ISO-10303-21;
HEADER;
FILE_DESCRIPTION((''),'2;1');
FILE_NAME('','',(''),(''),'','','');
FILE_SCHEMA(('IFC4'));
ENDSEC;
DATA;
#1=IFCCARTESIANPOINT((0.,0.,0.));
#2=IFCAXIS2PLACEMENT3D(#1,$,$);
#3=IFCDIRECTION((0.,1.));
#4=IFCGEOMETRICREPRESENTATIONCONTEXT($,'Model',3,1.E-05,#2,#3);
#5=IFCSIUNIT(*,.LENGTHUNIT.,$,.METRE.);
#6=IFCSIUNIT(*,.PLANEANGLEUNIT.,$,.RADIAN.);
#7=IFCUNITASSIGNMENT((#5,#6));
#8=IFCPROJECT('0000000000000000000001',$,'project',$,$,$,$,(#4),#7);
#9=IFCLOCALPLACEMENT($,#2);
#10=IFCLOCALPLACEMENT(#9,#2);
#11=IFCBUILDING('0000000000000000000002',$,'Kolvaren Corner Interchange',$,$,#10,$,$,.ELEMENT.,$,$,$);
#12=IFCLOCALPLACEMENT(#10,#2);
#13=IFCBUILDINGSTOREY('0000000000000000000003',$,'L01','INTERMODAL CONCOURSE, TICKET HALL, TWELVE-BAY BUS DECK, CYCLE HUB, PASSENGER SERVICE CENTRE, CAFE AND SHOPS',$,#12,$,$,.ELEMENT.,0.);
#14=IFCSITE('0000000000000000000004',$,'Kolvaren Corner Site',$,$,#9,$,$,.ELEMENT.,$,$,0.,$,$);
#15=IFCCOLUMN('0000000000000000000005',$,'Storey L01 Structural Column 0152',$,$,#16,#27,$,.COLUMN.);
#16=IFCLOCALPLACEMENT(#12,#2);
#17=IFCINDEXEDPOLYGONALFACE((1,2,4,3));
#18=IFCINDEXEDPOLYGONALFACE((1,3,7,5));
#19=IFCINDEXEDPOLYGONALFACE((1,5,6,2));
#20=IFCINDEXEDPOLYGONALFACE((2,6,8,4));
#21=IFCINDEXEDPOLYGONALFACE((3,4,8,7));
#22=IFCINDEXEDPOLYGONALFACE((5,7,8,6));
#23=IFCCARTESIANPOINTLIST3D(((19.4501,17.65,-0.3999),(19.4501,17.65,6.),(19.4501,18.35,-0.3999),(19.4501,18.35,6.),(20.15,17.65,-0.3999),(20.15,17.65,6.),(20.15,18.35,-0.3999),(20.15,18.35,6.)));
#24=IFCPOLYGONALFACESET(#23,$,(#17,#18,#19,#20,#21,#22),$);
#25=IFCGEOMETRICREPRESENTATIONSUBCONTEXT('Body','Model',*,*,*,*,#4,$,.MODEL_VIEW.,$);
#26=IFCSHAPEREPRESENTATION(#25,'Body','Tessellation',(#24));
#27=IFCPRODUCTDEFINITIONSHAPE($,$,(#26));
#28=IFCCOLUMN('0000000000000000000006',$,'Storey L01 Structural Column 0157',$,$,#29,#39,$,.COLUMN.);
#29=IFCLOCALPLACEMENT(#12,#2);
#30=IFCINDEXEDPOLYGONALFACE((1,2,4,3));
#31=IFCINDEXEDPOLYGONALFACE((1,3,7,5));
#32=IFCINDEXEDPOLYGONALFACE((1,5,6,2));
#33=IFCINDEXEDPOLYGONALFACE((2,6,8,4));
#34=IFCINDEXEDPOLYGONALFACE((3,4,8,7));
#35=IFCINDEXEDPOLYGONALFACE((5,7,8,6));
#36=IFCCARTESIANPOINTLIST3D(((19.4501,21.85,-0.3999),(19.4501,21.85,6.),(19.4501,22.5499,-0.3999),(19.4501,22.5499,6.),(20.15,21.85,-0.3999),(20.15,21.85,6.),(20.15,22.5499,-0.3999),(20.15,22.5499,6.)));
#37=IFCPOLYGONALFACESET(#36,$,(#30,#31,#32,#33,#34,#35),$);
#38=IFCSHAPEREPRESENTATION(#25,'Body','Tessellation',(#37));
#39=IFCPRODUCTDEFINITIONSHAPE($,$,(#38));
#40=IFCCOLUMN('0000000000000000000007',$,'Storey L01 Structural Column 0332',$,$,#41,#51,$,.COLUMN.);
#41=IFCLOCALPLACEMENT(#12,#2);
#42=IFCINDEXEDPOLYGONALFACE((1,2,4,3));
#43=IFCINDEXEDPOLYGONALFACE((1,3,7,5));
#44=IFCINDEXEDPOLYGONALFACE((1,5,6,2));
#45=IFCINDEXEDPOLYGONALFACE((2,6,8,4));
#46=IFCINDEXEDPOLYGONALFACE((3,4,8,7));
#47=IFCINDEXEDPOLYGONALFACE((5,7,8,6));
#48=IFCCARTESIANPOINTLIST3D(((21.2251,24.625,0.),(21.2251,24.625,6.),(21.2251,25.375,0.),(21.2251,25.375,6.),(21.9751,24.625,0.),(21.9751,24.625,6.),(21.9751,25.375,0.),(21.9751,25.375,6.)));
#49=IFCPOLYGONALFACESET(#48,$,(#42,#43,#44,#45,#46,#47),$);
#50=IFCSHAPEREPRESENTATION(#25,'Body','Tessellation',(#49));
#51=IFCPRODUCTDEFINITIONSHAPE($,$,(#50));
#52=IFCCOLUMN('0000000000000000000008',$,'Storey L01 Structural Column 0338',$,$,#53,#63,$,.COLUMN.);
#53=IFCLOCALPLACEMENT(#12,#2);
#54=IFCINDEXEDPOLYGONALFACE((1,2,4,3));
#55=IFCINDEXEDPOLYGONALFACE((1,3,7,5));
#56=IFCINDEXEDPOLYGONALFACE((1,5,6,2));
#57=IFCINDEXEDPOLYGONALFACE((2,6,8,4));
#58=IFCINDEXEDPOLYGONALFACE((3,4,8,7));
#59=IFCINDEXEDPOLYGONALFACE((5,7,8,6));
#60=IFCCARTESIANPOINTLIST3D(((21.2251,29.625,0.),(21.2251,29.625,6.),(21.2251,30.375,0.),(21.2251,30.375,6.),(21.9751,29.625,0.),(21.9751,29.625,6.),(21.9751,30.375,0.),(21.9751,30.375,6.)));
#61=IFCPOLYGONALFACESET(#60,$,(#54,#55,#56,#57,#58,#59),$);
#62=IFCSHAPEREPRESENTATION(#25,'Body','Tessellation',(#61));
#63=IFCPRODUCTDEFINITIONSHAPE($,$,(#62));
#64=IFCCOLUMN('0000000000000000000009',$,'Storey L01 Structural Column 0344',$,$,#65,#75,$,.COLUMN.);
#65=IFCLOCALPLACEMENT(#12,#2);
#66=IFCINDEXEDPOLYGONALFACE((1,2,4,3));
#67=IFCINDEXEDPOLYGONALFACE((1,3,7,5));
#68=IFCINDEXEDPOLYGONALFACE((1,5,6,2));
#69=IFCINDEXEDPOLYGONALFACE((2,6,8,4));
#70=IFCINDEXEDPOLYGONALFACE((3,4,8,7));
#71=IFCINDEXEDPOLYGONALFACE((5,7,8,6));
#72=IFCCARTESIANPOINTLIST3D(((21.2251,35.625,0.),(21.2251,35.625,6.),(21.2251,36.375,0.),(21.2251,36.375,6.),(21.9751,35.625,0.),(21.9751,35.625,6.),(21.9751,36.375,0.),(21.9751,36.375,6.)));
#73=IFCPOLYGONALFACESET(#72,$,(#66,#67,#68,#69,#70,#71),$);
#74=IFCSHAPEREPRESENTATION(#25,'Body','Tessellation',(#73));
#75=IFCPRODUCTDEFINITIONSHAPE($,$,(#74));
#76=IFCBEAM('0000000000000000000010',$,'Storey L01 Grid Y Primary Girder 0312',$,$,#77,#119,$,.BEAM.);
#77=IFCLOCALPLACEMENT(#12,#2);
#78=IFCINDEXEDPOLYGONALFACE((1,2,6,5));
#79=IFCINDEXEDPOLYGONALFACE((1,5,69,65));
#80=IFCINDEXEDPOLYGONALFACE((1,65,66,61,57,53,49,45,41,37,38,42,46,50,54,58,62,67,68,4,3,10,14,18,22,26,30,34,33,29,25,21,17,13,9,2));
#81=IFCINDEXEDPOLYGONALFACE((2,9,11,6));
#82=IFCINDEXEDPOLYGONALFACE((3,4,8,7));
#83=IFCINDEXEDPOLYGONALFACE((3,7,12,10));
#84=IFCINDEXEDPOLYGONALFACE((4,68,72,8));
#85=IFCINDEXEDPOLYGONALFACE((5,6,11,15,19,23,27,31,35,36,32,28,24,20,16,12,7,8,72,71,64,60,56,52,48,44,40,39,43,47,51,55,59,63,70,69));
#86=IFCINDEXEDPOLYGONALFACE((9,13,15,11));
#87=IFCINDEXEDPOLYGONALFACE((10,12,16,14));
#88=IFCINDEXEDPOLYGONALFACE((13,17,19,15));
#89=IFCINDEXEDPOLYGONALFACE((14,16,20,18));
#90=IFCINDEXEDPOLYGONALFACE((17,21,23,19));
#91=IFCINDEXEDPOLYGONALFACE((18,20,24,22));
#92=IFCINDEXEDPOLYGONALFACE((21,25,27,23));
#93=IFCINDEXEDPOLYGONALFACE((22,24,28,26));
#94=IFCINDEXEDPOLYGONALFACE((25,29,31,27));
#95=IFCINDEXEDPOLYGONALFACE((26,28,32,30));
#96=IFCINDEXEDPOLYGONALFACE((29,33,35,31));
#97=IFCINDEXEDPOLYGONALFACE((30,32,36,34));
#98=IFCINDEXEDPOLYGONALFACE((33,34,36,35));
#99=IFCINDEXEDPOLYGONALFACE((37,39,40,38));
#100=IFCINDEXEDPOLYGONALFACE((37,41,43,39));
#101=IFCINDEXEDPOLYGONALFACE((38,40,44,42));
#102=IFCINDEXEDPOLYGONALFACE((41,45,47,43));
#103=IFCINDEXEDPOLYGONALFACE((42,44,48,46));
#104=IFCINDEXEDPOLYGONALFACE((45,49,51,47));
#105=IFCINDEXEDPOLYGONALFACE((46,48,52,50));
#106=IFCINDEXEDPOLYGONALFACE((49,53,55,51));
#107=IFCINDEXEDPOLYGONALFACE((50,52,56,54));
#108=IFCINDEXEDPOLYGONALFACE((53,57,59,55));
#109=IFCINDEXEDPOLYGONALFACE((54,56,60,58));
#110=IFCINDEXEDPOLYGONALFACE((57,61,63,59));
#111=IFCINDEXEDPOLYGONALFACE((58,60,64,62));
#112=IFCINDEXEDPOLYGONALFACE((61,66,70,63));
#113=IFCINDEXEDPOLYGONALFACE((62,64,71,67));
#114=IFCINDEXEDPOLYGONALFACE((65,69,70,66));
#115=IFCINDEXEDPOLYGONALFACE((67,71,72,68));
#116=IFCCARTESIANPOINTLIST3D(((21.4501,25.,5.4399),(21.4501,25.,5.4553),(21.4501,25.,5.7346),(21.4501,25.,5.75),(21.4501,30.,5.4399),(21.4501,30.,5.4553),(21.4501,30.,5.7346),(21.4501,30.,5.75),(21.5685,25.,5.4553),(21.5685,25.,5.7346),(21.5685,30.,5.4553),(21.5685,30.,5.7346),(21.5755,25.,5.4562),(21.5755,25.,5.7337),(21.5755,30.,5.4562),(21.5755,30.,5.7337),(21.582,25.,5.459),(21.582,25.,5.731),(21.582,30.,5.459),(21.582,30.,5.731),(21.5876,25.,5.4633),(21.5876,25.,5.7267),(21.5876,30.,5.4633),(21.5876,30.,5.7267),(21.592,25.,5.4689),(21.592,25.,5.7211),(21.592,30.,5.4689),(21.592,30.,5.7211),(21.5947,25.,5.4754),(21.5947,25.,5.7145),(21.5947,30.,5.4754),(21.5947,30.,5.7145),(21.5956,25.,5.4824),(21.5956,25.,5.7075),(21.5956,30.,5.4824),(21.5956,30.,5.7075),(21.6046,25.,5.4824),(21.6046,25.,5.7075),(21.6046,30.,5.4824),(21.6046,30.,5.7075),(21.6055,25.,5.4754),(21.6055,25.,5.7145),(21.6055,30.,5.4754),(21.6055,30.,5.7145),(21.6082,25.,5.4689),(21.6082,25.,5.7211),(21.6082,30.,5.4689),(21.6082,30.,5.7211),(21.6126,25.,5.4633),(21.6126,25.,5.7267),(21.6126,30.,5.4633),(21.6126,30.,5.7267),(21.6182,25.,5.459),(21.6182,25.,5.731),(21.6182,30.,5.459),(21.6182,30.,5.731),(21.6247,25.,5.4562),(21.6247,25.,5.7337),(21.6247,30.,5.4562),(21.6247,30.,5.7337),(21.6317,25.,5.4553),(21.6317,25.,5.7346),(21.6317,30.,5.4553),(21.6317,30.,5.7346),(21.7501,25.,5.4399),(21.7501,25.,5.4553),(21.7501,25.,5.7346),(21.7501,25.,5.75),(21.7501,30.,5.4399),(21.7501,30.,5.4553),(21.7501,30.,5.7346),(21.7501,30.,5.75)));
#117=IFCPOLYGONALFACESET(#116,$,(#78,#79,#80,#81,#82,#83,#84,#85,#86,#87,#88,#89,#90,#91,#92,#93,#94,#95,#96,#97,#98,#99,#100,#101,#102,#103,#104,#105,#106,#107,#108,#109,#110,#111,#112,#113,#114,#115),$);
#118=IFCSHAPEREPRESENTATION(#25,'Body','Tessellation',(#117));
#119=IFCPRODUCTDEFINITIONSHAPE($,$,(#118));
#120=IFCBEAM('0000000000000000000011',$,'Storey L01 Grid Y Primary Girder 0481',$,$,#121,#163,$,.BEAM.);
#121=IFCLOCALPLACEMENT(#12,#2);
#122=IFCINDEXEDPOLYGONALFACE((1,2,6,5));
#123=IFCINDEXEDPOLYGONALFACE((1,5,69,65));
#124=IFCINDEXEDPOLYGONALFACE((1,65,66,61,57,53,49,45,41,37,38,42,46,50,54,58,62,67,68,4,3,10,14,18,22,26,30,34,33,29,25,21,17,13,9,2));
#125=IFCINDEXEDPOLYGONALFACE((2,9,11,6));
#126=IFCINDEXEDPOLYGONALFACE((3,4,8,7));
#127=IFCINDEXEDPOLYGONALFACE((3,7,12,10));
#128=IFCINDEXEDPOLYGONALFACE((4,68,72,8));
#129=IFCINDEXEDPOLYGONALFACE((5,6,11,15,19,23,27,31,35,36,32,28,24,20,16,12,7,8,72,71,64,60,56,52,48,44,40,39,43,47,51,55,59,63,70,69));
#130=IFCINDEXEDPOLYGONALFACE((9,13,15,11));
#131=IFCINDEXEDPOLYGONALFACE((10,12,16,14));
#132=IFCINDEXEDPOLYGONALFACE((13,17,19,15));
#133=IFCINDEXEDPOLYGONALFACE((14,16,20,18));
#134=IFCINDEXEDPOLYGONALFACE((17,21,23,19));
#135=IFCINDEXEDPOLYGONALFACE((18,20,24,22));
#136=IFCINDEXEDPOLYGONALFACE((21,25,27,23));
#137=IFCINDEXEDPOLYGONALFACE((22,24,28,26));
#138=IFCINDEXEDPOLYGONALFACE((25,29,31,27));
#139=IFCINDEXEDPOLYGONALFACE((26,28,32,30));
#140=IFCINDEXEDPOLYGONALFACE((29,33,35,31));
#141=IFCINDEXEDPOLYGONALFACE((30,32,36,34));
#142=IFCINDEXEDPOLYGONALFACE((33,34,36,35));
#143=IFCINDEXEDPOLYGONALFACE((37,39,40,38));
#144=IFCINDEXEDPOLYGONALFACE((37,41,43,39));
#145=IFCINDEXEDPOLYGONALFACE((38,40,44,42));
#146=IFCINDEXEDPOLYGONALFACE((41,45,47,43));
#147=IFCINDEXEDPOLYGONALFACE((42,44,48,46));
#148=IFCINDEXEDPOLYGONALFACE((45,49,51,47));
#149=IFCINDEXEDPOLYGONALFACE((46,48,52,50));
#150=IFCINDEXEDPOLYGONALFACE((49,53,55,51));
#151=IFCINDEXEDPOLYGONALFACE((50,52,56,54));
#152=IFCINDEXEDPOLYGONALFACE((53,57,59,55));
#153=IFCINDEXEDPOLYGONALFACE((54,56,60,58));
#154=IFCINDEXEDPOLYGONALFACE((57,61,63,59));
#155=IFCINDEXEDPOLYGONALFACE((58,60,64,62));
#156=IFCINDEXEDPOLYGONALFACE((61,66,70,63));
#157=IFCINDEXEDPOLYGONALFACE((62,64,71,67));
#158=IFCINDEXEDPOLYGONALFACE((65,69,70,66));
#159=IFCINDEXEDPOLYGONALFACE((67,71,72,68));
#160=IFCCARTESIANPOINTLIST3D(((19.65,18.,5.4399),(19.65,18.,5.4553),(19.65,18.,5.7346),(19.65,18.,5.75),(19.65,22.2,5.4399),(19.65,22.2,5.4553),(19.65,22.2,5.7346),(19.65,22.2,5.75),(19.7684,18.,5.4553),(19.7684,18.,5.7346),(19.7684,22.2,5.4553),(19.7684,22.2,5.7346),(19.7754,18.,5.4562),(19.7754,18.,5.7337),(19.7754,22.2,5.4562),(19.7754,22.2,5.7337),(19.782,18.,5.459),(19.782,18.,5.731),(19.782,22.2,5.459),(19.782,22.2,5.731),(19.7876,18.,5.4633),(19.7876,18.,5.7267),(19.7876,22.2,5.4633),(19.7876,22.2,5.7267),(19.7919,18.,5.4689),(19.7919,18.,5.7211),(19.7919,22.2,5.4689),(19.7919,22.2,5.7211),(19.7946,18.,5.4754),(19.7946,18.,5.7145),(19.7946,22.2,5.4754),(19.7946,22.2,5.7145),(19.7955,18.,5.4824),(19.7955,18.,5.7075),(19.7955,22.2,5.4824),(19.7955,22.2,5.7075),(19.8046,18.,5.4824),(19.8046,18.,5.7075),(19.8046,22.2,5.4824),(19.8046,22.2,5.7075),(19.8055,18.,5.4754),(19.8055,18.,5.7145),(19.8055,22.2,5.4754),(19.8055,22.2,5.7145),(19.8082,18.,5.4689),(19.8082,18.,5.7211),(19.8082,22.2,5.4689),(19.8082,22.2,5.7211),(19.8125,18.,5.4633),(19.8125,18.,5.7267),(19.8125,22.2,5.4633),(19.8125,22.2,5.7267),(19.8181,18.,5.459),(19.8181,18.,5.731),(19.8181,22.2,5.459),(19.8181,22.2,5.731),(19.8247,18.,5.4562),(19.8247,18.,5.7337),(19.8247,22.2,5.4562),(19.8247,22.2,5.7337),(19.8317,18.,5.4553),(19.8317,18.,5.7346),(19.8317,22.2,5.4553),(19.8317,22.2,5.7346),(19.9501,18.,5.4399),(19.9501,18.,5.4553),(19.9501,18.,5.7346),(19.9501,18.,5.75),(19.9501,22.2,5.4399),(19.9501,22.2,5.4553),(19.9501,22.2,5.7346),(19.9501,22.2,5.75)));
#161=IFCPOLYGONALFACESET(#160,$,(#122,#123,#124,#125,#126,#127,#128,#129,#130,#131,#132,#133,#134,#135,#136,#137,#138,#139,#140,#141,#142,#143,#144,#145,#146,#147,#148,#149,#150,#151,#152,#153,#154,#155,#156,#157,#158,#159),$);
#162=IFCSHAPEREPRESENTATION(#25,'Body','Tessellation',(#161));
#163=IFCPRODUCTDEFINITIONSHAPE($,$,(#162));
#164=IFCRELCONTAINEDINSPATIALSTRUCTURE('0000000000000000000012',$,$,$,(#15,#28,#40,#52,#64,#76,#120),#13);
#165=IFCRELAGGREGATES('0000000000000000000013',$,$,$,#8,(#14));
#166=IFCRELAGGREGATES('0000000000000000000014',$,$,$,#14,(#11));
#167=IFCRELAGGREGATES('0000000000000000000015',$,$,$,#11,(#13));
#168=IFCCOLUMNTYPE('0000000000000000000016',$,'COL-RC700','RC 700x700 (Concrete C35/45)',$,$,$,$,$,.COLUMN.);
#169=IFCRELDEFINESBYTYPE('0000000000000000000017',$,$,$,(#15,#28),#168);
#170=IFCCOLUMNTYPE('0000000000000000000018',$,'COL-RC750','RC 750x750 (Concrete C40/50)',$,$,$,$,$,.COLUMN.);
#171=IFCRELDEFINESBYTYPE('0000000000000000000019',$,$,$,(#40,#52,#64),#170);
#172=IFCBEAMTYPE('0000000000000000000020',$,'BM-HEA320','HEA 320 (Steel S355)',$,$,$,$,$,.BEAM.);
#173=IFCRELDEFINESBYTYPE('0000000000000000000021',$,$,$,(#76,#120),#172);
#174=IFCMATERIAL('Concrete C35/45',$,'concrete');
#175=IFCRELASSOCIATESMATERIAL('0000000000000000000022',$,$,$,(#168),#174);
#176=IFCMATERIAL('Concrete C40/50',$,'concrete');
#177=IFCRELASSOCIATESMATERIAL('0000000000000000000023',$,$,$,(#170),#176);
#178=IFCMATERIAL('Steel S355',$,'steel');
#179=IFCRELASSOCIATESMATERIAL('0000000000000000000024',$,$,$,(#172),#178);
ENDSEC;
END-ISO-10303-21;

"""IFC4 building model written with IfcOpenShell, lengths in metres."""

from ifc_helpers import new_model, si_unit, direction, frame, origin, origin_2d, place, context, subcontext, project, spatial, rectangle, i_section, extrude, material, material_profile, profile_set, type_object, element, save


model = new_model("IFC4")

# Units and contexts
model_context = context("Model", 3, precision=1e-05, world=origin(), true_north=direction((0.0, 1.0)))
body_context = subcontext(model_context, "Body", "Model", "MODEL_VIEW")
ifc_project = project(units=[si_unit("LENGTHUNIT", "METRE"), si_unit("PLANEANGLEUNIT", "RADIAN")], contexts=[model_context])

# Site, building, storey
site_placement = place(None, origin())
site = spatial("IfcSite", under=ifc_project, at=site_placement, Name="Kolvaren Corner Site", CompositionType="ELEMENT", RefElevation=0.0)
building_placement = place(site_placement, origin())
building = spatial("IfcBuilding", under=site, at=building_placement, Name="Kolvaren Corner Interchange", CompositionType="ELEMENT")
storey_placement = place(building_placement, origin())
storey = spatial("IfcBuildingStorey", under=building, at=storey_placement, Name="L01", Description="INTERMODAL CONCOURSE, TICKET HALL, TWELVE-BAY BUS DECK, CYCLE HUB, PASSENGER SERVICE CENTRE, CAFE AND SHOPS", CompositionType="ELEMENT", Elevation=0.0)

# Columns
ifc_material_1 = material(Name="Concrete C35/45", Category="concrete")
ifc_material_profile_1 = material_profile(ifc_material_1, rectangle(XDim=0.7, YDim=0.7, at=origin_2d()), Name="RC 700x700")
ifc_profile_set_1 = profile_set([ifc_material_profile_1], Name="Concrete C35/45")
column_type_1 = type_object("IfcColumnType", Name="COL-RC700", Description="RC 700x700 (Concrete C35/45)", PredefinedType="COLUMN", material=ifc_profile_set_1)
for number, where, z_axis, x_axis, name in (
    (1, (19.8, 18.0, -0.3999), (0.0, 0.0, 1.0), (1.0, 0.0, 0.0), "Storey L01 Structural Column 0152"),
    (2, (19.8, 22.2, -0.3999), (0.0, 0.0, 1.0), (1.0, 0.0, 0.0), "Storey L01 Structural Column 0157"),
):
    element("IfcColumn", number, at=place(storey_placement, frame(where, z_axis=z_axis, x_axis=x_axis)), inside=storey, type_object=column_type_1, Name=name, PredefinedType="COLUMN", context=body_context, shape_type="SweptSolid", body=[
        extrude(rectangle(XDim=0.7, YDim=0.7, at=origin_2d()), origin(), (0.0, 0.0, 1.0), 6.3999),
    ])
ifc_material_2 = material(Name="Concrete C40/50", Category="concrete")
ifc_material_profile_2 = material_profile(ifc_material_2, rectangle(XDim=0.75, YDim=0.75, at=origin_2d()), Name="RC 750x750")
ifc_profile_set_2 = profile_set([ifc_material_profile_2], Name="Concrete C40/50")
column_type_2 = type_object("IfcColumnType", Name="COL-RC750", Description="RC 750x750 (Concrete C40/50)", PredefinedType="COLUMN", material=ifc_profile_set_2)
for number, where, z_axis, x_axis, name in (
    (3, (21.6001, 25.0, 0.0), (0.0, 0.0, 1.0), (1.0, 0.0, 0.0), "Storey L01 Structural Column 0332"),
    (4, (21.6001, 30.0, 0.0), (0.0, 0.0, 1.0), (1.0, 0.0, 0.0), "Storey L01 Structural Column 0338"),
    (5, (21.6001, 36.0, 0.0), (0.0, 0.0, 1.0), (1.0, 0.0, 0.0), "Storey L01 Structural Column 0344"),
):
    element("IfcColumn", number, at=place(storey_placement, frame(where, z_axis=z_axis, x_axis=x_axis)), inside=storey, type_object=column_type_2, Name=name, PredefinedType="COLUMN", context=body_context, shape_type="SweptSolid", body=[
        extrude(rectangle(XDim=0.75, YDim=0.75, at=origin_2d()), origin(), (0.0, 0.0, 1.0), 6.0),
    ])

# Beams
ifc_material_3 = material(Name="Steel S355", Category="steel")
ifc_material_profile_3 = material_profile(ifc_material_3, i_section(OverallWidth=0.3, OverallDepth=0.3101, WebThickness=0.009, FlangeThickness=0.0154, FilletRadius=0.0271, at=origin_2d()), Name="HEA 320")
ifc_profile_set_3 = profile_set([ifc_material_profile_3], Name="Steel S355")
beam_type_1 = type_object("IfcBeamType", Name="BM-HEA320", Description="HEA 320 (Steel S355)", PredefinedType="BEAM", material=ifc_profile_set_3)
beam_1_placement = place(storey_placement, frame((21.6001, 25.0, 5.595), z_axis=(0.0, 1.0, 0.0), x_axis=(-1.0, 0.0, 0.0)))
element("IfcBeam", 6, at=beam_1_placement, inside=storey, type_object=beam_type_1, Name="Storey L01 Grid Y Primary Girder 0312", PredefinedType="BEAM", context=body_context, shape_type="SweptSolid", body=[
    extrude(i_section(OverallWidth=0.3, OverallDepth=0.3101, WebThickness=0.009, FlangeThickness=0.0154, FilletRadius=0.0271, at=origin_2d()), origin(), (0.0, 0.0, 1.0), 5.0),
])
beam_2_placement = place(storey_placement, frame((19.8, 18.0, 5.595), z_axis=(0.0, 1.0, 0.0), x_axis=(-1.0, 0.0, 0.0)))
element("IfcBeam", 7, at=beam_2_placement, inside=storey, type_object=beam_type_1, Name="Storey L01 Grid Y Primary Girder 0481", PredefinedType="BEAM", context=body_context, shape_type="SweptSolid", body=[
    extrude(i_section(OverallWidth=0.3, OverallDepth=0.3101, WebThickness=0.009, FlangeThickness=0.0154, FilletRadius=0.0271, at=origin_2d()), origin(), (0.0, 0.0, 1.0), 4.2),
])

save(model, "model.ifc")
